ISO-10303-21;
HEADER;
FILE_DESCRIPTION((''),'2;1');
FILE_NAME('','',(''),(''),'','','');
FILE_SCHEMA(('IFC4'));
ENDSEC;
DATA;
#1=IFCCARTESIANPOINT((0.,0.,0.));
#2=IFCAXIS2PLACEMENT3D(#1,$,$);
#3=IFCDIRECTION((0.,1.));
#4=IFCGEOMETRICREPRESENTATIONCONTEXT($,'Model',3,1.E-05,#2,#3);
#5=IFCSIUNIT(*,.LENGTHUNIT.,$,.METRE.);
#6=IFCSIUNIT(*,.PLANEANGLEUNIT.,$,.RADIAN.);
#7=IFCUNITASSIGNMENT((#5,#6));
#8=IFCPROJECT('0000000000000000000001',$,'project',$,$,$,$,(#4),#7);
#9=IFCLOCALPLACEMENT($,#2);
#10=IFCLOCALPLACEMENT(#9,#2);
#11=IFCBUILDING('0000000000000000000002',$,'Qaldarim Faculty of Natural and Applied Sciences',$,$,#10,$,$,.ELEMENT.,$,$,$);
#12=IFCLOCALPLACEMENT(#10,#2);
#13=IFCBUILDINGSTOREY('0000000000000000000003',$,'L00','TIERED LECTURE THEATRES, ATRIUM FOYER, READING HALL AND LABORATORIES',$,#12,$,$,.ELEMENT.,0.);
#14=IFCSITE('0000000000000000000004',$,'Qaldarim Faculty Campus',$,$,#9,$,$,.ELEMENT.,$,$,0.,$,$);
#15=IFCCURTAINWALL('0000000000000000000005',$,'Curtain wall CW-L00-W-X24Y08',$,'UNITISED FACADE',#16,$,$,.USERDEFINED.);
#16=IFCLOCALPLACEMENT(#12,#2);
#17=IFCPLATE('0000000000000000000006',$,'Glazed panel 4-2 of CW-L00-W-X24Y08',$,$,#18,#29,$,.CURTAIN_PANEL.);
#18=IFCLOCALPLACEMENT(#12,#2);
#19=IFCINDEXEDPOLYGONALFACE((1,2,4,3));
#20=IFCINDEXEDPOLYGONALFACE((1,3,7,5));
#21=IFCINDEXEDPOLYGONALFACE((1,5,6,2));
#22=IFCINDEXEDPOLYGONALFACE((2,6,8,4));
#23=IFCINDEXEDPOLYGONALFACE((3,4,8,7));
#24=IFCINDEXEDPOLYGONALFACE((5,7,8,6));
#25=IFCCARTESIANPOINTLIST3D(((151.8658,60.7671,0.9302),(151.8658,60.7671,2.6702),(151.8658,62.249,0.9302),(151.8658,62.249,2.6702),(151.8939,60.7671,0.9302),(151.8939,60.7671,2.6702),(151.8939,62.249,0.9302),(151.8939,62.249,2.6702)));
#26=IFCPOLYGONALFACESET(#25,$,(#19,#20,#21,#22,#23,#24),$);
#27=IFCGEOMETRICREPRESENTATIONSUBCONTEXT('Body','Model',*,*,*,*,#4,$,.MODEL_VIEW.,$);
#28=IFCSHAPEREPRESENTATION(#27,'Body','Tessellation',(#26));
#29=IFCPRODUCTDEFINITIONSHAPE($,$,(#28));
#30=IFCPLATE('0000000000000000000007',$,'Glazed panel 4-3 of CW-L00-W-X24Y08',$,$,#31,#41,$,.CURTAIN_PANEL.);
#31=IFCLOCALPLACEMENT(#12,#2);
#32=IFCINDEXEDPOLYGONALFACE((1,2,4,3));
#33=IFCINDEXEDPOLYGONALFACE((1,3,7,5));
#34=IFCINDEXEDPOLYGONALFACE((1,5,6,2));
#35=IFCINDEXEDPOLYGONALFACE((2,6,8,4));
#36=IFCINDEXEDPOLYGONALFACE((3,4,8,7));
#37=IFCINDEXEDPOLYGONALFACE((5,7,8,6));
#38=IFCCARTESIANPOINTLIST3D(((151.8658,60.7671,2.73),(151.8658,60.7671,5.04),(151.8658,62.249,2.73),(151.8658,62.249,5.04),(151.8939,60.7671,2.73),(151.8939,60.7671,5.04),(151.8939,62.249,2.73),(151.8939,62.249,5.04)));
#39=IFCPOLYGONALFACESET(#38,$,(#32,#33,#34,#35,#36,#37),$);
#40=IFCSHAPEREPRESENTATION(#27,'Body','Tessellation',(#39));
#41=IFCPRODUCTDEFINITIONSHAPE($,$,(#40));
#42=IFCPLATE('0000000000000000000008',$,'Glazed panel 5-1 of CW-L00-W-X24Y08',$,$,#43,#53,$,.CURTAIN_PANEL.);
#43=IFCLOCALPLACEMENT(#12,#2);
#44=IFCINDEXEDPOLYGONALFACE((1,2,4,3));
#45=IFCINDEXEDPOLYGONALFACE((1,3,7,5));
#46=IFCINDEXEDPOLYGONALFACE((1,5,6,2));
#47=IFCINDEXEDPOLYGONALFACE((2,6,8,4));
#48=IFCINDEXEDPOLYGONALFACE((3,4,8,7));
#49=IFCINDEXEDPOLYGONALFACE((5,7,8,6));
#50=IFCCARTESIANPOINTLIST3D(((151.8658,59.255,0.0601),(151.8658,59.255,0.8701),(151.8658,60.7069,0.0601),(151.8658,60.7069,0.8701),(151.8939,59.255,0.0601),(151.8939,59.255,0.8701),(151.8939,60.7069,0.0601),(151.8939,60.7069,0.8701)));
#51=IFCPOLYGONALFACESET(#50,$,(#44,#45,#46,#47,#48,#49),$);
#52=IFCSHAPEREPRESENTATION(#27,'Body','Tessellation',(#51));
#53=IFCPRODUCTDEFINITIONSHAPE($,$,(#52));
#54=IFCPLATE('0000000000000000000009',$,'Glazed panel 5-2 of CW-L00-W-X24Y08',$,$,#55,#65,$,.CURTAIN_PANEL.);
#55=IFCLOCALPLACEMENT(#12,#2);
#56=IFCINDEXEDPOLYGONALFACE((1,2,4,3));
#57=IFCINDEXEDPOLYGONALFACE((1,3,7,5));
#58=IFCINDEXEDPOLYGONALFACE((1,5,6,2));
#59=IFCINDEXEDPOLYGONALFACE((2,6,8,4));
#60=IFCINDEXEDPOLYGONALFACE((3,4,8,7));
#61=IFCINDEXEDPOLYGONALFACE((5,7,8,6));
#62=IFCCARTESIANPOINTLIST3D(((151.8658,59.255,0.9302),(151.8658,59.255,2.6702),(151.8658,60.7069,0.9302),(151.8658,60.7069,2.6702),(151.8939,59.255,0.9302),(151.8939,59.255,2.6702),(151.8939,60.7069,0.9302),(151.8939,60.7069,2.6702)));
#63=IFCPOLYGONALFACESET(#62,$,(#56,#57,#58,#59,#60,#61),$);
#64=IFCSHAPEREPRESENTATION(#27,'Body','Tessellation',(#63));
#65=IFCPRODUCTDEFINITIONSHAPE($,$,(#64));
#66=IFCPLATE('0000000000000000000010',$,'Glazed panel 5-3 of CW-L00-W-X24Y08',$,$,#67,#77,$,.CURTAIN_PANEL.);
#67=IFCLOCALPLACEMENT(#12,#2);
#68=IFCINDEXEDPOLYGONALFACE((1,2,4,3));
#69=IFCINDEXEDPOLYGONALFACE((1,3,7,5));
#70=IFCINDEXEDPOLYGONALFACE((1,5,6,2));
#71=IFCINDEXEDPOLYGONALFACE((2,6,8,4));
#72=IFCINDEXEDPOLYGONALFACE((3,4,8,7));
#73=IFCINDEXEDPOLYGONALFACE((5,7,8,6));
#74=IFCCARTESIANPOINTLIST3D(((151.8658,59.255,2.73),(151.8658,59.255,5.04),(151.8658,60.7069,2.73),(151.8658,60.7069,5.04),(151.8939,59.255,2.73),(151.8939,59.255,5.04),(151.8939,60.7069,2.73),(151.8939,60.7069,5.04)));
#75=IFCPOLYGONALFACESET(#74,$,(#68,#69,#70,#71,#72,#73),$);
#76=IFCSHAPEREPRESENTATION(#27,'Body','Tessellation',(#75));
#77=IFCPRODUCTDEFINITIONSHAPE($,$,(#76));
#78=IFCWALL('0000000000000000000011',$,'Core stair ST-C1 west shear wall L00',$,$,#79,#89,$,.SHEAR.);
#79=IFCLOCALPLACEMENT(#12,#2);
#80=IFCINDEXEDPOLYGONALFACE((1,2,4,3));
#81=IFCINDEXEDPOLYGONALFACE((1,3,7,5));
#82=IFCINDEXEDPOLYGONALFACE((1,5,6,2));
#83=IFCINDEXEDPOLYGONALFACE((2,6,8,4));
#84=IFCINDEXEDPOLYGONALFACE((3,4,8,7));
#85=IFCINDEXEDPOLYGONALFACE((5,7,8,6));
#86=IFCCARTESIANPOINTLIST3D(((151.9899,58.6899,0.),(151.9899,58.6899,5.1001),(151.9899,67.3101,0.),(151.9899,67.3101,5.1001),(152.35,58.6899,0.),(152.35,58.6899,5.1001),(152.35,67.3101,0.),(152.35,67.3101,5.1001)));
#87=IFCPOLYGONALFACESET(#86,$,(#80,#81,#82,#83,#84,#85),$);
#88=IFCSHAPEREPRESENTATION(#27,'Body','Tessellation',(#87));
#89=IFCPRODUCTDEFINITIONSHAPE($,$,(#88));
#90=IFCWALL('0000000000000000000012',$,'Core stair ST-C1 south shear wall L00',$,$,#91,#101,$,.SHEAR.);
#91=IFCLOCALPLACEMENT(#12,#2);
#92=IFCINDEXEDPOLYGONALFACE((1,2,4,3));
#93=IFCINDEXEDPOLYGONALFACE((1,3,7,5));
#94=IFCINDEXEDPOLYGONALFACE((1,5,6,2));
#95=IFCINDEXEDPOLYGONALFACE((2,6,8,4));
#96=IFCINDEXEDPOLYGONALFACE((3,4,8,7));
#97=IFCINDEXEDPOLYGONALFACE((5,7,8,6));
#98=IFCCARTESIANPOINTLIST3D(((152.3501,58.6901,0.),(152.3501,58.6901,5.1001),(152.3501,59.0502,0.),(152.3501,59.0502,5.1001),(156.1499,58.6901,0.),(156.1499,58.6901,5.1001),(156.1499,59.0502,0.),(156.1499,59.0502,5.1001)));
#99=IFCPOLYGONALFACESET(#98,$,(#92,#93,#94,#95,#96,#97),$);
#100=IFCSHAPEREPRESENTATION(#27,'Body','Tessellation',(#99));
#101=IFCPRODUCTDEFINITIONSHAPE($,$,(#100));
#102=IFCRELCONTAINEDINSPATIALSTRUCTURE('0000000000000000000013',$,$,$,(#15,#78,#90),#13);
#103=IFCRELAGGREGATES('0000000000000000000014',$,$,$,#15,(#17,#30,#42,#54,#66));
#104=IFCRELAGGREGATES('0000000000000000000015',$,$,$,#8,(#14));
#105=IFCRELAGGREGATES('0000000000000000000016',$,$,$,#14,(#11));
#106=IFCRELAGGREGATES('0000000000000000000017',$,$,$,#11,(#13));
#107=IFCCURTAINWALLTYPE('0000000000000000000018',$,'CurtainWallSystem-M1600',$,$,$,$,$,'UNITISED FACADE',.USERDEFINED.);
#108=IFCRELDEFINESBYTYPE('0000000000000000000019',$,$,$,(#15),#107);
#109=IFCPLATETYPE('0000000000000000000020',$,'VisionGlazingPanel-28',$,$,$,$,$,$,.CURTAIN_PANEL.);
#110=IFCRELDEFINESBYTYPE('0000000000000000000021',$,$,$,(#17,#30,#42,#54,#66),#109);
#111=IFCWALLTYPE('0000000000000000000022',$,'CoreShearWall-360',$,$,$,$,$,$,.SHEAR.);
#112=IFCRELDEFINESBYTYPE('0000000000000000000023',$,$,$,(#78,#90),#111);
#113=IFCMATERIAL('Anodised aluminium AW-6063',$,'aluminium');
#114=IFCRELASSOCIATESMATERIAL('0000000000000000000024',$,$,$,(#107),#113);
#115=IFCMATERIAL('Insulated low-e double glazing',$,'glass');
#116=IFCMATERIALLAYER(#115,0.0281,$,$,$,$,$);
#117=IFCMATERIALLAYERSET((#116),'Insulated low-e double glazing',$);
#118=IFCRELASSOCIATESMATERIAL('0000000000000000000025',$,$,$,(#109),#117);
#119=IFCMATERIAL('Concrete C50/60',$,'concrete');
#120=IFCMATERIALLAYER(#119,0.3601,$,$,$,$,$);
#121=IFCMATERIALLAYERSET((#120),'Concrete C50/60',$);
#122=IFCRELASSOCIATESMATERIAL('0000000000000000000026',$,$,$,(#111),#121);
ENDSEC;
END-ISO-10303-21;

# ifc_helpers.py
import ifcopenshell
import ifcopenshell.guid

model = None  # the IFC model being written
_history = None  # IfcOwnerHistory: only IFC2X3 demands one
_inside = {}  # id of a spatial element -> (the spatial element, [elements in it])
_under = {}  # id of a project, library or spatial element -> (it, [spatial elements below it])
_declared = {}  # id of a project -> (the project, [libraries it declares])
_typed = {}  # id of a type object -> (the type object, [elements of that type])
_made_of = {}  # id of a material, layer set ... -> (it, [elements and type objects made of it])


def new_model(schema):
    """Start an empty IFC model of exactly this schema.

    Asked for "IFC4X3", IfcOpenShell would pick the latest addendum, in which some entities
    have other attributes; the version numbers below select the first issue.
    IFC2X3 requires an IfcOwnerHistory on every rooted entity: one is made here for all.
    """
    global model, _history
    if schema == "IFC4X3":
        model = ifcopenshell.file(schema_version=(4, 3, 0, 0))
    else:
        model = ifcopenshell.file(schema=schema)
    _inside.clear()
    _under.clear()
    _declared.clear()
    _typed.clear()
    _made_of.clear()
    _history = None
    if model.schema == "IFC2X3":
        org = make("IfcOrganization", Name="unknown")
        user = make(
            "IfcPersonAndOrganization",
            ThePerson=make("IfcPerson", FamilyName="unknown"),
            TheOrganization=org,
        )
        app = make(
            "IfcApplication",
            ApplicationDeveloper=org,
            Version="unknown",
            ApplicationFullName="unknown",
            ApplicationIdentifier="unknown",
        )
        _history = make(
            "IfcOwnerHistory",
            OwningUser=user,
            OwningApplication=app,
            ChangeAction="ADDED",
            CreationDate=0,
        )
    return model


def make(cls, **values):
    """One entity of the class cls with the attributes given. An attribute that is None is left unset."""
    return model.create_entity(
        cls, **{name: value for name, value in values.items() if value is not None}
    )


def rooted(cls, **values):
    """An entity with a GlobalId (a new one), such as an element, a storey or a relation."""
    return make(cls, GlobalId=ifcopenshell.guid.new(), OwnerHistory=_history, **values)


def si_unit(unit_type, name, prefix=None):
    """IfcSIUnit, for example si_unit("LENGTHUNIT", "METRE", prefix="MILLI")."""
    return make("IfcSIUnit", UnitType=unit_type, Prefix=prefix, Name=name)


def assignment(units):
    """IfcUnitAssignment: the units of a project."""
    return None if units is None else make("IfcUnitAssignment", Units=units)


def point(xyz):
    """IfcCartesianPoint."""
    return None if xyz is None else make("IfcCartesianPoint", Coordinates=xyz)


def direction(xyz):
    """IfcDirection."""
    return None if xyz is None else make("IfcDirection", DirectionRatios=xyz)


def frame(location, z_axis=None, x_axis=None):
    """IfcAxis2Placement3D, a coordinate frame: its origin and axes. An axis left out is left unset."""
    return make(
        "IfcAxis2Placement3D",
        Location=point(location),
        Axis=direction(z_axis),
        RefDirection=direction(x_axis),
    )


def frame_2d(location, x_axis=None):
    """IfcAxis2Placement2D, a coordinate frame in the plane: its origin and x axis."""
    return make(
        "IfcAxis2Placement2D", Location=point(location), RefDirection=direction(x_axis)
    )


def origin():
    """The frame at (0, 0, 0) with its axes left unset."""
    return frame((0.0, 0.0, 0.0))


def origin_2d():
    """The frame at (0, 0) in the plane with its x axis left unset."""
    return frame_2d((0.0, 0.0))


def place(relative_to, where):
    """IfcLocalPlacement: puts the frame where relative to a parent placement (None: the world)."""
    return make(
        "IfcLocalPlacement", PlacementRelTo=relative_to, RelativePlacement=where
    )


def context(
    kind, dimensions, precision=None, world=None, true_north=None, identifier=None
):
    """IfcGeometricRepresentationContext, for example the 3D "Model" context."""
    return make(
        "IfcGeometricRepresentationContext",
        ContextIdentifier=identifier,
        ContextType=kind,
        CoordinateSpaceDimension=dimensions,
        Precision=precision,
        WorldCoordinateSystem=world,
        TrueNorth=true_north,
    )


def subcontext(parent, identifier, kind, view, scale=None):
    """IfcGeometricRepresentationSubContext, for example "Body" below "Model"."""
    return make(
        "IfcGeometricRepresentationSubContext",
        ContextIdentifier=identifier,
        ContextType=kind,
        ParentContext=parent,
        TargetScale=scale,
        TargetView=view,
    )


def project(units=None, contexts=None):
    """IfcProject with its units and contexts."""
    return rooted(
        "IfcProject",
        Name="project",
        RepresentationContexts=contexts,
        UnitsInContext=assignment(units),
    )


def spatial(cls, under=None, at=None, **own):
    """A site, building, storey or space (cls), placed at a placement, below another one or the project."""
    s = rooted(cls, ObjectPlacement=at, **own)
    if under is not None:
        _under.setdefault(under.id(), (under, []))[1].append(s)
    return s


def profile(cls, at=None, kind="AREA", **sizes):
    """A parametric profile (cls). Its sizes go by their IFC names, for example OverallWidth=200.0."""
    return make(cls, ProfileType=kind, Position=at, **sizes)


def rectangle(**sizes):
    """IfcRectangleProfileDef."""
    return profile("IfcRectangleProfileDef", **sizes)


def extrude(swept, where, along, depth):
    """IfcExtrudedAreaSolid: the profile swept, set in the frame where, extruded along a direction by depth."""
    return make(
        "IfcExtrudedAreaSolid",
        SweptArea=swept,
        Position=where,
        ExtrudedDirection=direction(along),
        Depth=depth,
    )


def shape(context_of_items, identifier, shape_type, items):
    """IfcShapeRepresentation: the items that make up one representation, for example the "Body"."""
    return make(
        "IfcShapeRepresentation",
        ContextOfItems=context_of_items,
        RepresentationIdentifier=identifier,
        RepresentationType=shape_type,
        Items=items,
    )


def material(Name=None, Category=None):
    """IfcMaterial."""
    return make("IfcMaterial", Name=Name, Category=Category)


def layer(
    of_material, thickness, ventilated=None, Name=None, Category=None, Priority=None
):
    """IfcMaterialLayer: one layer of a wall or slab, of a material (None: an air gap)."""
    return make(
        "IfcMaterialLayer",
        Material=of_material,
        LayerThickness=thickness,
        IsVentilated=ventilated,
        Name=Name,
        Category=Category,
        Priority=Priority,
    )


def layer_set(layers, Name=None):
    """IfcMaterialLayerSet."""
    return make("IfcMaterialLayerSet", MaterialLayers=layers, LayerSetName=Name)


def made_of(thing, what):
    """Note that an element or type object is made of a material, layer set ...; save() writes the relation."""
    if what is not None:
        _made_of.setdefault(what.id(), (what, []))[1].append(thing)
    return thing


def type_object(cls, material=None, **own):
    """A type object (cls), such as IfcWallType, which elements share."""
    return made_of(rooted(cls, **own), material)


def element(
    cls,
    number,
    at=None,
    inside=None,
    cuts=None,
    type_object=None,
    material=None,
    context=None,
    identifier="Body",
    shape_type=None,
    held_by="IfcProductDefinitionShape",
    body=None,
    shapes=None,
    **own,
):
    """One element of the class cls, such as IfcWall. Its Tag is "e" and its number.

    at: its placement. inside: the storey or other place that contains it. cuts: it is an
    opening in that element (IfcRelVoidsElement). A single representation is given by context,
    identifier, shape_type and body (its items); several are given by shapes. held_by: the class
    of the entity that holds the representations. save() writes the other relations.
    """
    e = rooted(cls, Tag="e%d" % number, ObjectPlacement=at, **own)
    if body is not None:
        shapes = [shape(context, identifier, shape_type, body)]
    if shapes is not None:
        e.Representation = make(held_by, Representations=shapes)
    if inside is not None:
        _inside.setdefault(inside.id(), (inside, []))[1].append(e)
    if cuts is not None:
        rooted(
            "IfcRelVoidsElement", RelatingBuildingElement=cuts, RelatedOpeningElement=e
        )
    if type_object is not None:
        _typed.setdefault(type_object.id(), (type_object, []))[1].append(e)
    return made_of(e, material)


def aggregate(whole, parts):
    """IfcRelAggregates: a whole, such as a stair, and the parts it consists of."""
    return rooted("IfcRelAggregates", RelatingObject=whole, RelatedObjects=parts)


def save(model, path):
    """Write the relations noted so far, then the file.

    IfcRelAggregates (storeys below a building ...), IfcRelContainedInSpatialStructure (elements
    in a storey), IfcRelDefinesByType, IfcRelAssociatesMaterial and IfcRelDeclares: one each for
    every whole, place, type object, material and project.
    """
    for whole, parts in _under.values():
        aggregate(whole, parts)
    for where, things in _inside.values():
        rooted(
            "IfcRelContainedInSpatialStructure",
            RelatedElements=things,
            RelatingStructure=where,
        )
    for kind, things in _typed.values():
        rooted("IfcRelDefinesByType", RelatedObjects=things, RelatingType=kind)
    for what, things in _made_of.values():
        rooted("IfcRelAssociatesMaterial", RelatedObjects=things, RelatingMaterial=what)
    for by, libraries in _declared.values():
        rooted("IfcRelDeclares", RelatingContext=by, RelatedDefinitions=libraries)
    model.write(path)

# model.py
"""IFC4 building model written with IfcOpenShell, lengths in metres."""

from ifc_helpers import new_model, si_unit, direction, frame, frame_2d, origin, origin_2d, place, context, subcontext, project, spatial, rectangle, extrude, material, layer, layer_set, type_object, element, aggregate, save


model = new_model("IFC4")

# Units and contexts
model_context = context("Model", 3, precision=1e-05, world=origin(), true_north=direction((0.0, 1.0)))
body_context = subcontext(model_context, "Body", "Model", "MODEL_VIEW")
ifc_project = project(units=[si_unit("LENGTHUNIT", "METRE"), si_unit("PLANEANGLEUNIT", "RADIAN")], contexts=[model_context])

# Site, building, storey
site_placement = place(None, origin())
site = spatial("IfcSite", under=ifc_project, at=site_placement, Name="Qaldarim Faculty Campus", CompositionType="ELEMENT", RefElevation=0.0)
building_placement = place(site_placement, origin())
building = spatial("IfcBuilding", under=site, at=building_placement, Name="Qaldarim Faculty of Natural and Applied Sciences", CompositionType="ELEMENT")
storey_placement = place(building_placement, origin())
storey = spatial("IfcBuildingStorey", under=building, at=storey_placement, Name="L00", Description="TIERED LECTURE THEATRES, ATRIUM FOYER, READING HALL AND LABORATORIES", CompositionType="ELEMENT", Elevation=0.0)

# Shared definitions
ifc_material_1 = material(Name="Concrete C50/60", Category="concrete")

# Curtain wall
ifc_material_2 = material(Name="Anodised aluminium AW-6063", Category="aluminium")
curtain_wall_type = type_object("IfcCurtainWallType", Name="CurtainWallSystem-M1600", ElementType="UNITISED FACADE", PredefinedType="USERDEFINED", material=ifc_material_2)
curtain_wall_placement = place(storey_placement, origin())
curtain_wall = element("IfcCurtainWall", 1, at=curtain_wall_placement, inside=storey, type_object=curtain_wall_type, Name="Curtain wall CW-L00-W-X24Y08", ObjectType="UNITISED FACADE", PredefinedType="USERDEFINED")

# Plates
ifc_material_3 = material(Name="Insulated low-e double glazing", Category="glass")
ifc_layer_1 = layer(ifc_material_3, 0.0281)
ifc_layer_set_1 = layer_set([ifc_layer_1], Name="Insulated low-e double glazing")
plate_type = type_object("IfcPlateType", Name="VisionGlazingPanel-28", PredefinedType="CURTAIN_PANEL", material=ifc_layer_set_1)
plate_1_placement = place(storey_placement, frame((151.8799, 61.5081, 0.9302), z_axis=(0.0, 0.0, 1.0), x_axis=(0.0, -1.0, 0.0)))
plate_1 = element("IfcPlate", 2, at=plate_1_placement, type_object=plate_type, Name="Glazed panel 4-2 of CW-L00-W-X24Y08", PredefinedType="CURTAIN_PANEL", context=body_context, shape_type="SweptSolid", body=[
    extrude(rectangle(XDim=1.4819, YDim=0.0281, at=origin_2d()), origin(), (0.0, 0.0, 1.0), 1.74),
])
plate_2_placement = place(storey_placement, frame((151.8799, 61.5081, 2.73), z_axis=(0.0, 0.0, 1.0), x_axis=(0.0, -1.0, 0.0)))
plate_2 = element("IfcPlate", 3, at=plate_2_placement, type_object=plate_type, Name="Glazed panel 4-3 of CW-L00-W-X24Y08", PredefinedType="CURTAIN_PANEL", context=body_context, shape_type="SweptSolid", body=[
    extrude(rectangle(XDim=1.4819, YDim=0.0281, at=origin_2d()), origin(), (0.0, 0.0, 1.0), 2.3101),
])
plate_3_placement = place(storey_placement, frame((151.8799, 59.981, 0.0601), z_axis=(0.0, 0.0, 1.0), x_axis=(0.0, -1.0, 0.0)))
plate_3 = element("IfcPlate", 4, at=plate_3_placement, type_object=plate_type, Name="Glazed panel 5-1 of CW-L00-W-X24Y08", PredefinedType="CURTAIN_PANEL", context=body_context, shape_type="SweptSolid", body=[
    extrude(rectangle(XDim=1.4519, YDim=0.0281, at=origin_2d()), origin(), (0.0, 0.0, 1.0), 0.8101),
])
plate_4_placement = place(storey_placement, frame((151.8799, 59.981, 0.9302), z_axis=(0.0, 0.0, 1.0), x_axis=(0.0, -1.0, 0.0)))
plate_4 = element("IfcPlate", 5, at=plate_4_placement, type_object=plate_type, Name="Glazed panel 5-2 of CW-L00-W-X24Y08", PredefinedType="CURTAIN_PANEL", context=body_context, shape_type="SweptSolid", body=[
    extrude(rectangle(XDim=1.4519, YDim=0.0281, at=origin_2d()), origin(), (0.0, 0.0, 1.0), 1.74),
])
plate_5_placement = place(storey_placement, frame((151.8799, 59.981, 2.73), z_axis=(0.0, 0.0, 1.0), x_axis=(0.0, -1.0, 0.0)))
plate_5 = element("IfcPlate", 6, at=plate_5_placement, type_object=plate_type, Name="Glazed panel 5-3 of CW-L00-W-X24Y08", PredefinedType="CURTAIN_PANEL", context=body_context, shape_type="SweptSolid", body=[
    extrude(rectangle(XDim=1.4519, YDim=0.0281, at=origin_2d()), origin(), (0.0, 0.0, 1.0), 2.3101),
])
aggregate(curtain_wall, [plate_1, plate_2, plate_3, plate_4, plate_5])

# Walls
ifc_layer_2 = layer(ifc_material_1, 0.3601)
ifc_layer_set_2 = layer_set([ifc_layer_2], Name="Concrete C50/60")
wall_type = type_object("IfcWallType", Name="CoreShearWall-360", PredefinedType="SHEAR", material=ifc_layer_set_2)
wall_1_placement = place(storey_placement, frame((152.1699, 58.6899, 0.0), z_axis=(0.0, 0.0, 1.0), x_axis=(0.0, 1.0, 0.0)))
element("IfcWall", 7, at=wall_1_placement, inside=storey, type_object=wall_type, Name="Core stair ST-C1 west shear wall L00", PredefinedType="SHEAR", context=body_context, shape_type="SweptSolid", body=[
    extrude(rectangle(XDim=8.6201, YDim=0.3601, at=frame_2d((4.3101, 0.0))), origin(), (0.0, 0.0, 1.0), 5.1001),
])
wall_2_placement = place(storey_placement, frame((152.3501, 58.8701, 0.0), z_axis=(0.0, 0.0, 1.0), x_axis=(1.0, 0.0, 0.0)))
element("IfcWall", 8, at=wall_2_placement, inside=storey, type_object=wall_type, Name="Core stair ST-C1 south shear wall L00", PredefinedType="SHEAR", context=body_context, shape_type="SweptSolid", body=[
    extrude(rectangle(XDim=3.7998, YDim=0.3601, at=frame_2d((1.8999, 0.0))), origin(), (0.0, 0.0, 1.0), 5.1001),
])

save(model, "model.ifc")
